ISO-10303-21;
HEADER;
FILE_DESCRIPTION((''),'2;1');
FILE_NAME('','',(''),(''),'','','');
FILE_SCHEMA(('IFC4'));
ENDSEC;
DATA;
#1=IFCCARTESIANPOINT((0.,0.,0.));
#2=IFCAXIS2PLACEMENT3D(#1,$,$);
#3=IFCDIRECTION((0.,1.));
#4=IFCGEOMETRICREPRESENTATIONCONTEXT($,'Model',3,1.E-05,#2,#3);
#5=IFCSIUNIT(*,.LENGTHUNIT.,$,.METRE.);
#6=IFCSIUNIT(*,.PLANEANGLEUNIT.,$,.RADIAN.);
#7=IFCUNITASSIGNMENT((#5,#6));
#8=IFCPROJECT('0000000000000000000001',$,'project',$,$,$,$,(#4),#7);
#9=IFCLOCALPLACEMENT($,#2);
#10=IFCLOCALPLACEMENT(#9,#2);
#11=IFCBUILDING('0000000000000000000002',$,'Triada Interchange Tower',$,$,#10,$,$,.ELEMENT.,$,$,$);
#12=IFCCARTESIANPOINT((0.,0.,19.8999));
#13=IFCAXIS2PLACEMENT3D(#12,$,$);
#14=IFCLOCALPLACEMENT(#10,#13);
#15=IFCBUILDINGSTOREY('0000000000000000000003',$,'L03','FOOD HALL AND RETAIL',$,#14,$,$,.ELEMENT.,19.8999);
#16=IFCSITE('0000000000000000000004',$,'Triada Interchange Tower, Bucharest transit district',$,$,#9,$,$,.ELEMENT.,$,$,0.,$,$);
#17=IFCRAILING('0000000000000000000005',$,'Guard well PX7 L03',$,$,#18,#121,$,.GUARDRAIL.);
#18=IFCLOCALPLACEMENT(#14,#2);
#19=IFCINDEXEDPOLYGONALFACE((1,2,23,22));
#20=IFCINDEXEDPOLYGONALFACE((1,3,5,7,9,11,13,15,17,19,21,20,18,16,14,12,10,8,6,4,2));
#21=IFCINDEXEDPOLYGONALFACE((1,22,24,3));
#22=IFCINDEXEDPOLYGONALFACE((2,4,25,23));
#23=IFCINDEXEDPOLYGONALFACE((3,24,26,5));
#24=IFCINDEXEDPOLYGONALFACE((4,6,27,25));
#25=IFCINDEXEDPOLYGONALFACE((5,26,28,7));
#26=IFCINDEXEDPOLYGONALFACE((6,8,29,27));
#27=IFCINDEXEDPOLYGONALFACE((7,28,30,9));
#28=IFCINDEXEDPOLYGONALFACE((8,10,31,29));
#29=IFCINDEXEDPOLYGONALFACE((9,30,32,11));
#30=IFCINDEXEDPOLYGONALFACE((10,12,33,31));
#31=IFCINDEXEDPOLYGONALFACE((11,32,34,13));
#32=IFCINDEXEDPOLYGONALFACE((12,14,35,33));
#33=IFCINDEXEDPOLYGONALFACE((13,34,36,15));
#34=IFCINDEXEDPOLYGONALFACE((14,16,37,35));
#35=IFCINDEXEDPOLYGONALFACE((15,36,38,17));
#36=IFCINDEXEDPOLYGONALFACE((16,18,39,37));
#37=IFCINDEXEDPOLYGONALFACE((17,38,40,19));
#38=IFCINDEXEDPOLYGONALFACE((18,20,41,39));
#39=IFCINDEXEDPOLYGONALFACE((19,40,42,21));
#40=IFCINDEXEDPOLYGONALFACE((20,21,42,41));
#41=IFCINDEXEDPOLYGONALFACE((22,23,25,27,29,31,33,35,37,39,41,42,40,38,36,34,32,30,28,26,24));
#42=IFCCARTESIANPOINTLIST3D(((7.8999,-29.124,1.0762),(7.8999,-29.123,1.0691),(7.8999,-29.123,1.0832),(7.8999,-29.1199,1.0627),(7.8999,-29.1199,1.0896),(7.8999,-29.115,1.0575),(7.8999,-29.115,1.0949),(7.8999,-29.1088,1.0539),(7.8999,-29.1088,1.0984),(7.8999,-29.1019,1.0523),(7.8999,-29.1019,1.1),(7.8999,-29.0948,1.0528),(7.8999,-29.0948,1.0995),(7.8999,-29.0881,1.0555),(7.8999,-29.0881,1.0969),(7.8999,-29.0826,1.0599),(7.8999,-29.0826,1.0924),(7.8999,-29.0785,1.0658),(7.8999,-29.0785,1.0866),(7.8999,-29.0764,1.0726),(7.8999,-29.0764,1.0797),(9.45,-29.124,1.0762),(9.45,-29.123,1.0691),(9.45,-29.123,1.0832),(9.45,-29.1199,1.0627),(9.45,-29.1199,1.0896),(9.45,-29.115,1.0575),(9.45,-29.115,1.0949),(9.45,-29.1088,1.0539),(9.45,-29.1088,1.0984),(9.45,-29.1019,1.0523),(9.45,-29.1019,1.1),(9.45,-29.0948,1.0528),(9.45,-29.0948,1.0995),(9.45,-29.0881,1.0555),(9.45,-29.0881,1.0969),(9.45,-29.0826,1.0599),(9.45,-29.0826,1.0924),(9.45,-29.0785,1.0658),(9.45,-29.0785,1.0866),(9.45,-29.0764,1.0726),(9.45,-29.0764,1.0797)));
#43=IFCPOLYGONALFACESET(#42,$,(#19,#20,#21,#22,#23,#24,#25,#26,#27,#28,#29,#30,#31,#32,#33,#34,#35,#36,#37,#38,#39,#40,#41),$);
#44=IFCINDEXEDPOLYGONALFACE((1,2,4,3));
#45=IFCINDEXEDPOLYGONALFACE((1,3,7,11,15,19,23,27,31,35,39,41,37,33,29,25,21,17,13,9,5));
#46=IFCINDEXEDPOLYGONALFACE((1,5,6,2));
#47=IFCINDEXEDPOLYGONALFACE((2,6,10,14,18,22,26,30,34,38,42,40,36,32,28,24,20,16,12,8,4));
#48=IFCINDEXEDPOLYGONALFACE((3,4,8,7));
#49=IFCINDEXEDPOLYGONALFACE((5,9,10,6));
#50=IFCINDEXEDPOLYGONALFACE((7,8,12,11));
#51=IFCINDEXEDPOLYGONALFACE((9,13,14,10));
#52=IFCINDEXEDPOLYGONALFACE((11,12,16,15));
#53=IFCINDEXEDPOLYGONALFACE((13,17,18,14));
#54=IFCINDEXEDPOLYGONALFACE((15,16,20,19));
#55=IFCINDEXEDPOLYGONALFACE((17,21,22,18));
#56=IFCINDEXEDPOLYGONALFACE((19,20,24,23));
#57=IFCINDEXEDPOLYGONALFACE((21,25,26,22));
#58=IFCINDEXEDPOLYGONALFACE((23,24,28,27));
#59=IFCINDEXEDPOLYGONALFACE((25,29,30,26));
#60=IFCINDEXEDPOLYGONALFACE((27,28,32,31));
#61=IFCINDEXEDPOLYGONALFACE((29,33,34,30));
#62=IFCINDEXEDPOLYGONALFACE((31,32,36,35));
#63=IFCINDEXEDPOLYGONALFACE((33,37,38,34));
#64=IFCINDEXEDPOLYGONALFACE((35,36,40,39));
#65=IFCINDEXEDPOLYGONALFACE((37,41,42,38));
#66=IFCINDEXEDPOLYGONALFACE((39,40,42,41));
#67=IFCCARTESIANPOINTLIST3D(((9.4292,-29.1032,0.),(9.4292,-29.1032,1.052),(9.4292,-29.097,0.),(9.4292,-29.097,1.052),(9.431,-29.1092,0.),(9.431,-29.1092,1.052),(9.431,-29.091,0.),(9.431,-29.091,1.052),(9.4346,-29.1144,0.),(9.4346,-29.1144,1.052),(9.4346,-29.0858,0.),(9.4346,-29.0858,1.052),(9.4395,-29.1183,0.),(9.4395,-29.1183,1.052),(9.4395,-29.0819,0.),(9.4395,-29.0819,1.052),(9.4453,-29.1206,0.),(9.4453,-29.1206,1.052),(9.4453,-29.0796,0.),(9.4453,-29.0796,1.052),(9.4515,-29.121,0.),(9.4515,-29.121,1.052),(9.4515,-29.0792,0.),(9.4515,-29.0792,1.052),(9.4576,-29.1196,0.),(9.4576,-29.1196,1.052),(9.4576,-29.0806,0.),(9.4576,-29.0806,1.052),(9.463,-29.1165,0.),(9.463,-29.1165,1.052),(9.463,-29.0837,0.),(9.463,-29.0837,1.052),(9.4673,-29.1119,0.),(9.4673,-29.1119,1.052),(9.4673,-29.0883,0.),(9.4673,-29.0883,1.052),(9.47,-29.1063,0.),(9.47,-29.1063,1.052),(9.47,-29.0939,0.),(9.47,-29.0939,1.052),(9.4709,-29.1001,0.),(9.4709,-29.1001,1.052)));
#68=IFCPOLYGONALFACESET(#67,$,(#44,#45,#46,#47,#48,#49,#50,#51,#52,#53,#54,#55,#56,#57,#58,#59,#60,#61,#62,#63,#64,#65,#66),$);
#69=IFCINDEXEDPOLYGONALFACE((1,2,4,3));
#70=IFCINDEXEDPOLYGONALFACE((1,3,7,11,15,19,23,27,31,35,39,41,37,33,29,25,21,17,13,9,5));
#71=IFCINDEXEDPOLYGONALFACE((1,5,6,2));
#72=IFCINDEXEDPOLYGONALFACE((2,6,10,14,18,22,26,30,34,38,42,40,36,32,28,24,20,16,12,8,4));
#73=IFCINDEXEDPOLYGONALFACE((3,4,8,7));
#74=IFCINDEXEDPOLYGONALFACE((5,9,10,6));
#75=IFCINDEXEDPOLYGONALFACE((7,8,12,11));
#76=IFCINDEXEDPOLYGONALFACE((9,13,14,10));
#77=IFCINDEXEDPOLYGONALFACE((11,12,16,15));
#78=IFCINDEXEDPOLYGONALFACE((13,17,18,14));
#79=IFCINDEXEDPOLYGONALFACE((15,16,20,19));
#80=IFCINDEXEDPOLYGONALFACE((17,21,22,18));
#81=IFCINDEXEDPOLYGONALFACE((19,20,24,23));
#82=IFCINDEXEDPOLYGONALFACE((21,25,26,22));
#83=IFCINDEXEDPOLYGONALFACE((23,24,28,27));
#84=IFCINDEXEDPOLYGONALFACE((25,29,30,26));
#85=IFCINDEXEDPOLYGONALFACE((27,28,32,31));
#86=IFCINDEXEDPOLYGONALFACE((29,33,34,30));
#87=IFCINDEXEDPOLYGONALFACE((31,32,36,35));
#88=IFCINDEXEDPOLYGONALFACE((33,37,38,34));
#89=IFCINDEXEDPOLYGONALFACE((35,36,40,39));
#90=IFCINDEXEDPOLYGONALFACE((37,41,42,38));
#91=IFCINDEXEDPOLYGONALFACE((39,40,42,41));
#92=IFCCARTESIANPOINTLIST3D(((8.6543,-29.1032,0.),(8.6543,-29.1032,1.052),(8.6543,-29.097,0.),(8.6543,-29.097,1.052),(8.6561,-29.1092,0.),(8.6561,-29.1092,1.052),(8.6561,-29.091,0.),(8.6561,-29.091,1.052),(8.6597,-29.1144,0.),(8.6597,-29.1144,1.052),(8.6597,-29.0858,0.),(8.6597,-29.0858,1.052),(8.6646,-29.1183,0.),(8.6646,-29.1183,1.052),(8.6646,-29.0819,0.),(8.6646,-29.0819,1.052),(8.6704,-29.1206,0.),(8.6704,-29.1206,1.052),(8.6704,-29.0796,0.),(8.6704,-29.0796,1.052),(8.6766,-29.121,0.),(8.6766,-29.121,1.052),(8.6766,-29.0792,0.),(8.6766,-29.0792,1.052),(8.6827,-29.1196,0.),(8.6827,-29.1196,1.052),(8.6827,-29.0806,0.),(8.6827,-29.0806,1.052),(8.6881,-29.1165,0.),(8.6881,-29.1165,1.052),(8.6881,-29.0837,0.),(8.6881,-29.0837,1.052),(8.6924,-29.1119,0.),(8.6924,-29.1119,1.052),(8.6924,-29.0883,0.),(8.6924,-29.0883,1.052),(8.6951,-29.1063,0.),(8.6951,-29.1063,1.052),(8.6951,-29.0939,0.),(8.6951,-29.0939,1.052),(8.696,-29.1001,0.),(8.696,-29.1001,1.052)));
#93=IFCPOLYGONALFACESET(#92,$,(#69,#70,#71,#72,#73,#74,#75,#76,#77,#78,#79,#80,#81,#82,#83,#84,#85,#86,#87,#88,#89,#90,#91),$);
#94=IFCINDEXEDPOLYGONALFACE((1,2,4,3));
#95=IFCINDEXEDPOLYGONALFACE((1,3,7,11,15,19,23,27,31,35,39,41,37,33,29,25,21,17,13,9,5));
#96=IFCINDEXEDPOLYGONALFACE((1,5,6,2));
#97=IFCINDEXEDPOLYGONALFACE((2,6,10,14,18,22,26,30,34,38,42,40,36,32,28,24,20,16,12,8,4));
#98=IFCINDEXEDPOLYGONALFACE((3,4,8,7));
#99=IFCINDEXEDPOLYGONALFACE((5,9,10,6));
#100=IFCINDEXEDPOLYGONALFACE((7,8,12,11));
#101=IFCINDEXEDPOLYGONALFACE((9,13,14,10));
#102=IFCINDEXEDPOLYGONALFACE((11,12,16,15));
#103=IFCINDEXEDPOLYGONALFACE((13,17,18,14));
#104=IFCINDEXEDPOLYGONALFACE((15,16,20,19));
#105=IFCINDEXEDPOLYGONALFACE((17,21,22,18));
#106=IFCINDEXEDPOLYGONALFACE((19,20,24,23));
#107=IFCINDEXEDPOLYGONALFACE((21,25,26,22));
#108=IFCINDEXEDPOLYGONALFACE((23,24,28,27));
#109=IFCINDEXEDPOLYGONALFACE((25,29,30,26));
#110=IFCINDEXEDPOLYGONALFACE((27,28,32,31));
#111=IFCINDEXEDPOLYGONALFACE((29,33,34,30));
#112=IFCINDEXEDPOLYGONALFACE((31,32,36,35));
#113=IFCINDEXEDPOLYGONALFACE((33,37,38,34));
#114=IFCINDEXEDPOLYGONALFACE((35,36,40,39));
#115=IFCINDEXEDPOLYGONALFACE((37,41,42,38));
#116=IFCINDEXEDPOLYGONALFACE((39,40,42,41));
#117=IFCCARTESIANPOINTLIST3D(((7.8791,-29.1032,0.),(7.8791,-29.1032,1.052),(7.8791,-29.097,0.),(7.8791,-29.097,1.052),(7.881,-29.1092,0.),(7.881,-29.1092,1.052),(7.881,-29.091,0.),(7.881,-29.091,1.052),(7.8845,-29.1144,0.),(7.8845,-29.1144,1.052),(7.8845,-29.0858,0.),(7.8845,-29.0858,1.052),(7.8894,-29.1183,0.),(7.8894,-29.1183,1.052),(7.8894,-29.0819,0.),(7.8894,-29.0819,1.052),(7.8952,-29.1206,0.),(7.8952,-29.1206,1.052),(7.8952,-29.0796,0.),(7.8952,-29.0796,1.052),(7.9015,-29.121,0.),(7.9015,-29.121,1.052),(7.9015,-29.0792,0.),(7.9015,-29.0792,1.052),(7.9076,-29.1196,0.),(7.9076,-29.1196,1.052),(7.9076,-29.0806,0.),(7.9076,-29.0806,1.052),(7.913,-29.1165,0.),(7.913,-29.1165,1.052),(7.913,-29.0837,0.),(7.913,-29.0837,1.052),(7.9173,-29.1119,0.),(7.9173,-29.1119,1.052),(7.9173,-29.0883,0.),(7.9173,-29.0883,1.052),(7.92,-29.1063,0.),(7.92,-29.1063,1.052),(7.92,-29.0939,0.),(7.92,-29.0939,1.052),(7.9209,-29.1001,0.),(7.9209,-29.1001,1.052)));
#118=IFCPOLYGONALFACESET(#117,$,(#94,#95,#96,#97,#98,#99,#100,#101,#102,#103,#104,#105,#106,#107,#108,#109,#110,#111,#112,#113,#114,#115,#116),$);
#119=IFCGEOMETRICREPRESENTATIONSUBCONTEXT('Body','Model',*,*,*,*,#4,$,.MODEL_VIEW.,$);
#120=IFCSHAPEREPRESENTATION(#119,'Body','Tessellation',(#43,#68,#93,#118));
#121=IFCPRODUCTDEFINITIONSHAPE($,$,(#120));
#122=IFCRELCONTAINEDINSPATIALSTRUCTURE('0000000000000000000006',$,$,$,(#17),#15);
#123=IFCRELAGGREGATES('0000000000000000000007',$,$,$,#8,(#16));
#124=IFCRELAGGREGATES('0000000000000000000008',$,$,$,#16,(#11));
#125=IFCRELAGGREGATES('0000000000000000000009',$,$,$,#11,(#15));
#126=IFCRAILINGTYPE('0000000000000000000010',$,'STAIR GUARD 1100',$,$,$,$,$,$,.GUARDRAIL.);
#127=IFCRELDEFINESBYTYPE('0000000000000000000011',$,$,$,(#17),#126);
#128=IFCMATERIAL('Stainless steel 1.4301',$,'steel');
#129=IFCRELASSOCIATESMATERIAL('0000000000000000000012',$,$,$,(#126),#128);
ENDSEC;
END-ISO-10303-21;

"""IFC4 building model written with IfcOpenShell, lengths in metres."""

from ifc_helpers import new_model, si_unit, direction, frame, origin, origin_2d, place, context, subcontext, project, spatial, circle, extrude, material, type_object, element, save


model = new_model("IFC4")

# Units and contexts
model_context = context("Model", 3, precision=1e-05, world=origin(), true_north=direction((0.0, 1.0)))
body_context = subcontext(model_context, "Body", "Model", "MODEL_VIEW")
ifc_project = project(units=[si_unit("LENGTHUNIT", "METRE"), si_unit("PLANEANGLEUNIT", "RADIAN")], contexts=[model_context])

# Site, building, storey
site_placement = place(None, origin())
site = spatial("IfcSite", under=ifc_project, at=site_placement, Name="Triada Interchange Tower, Bucharest transit district", CompositionType="ELEMENT", RefElevation=0.0)
building_placement = place(site_placement, origin())
building = spatial("IfcBuilding", under=site, at=building_placement, Name="Triada Interchange Tower", CompositionType="ELEMENT")
storey_placement = place(building_placement, frame((0.0, 0.0, 19.8999)))
storey = spatial("IfcBuildingStorey", under=building, at=storey_placement, Name="L03", Description="FOOD HALL AND RETAIL", CompositionType="ELEMENT", Elevation=19.8999)

# Railing
ifc_material_1 = material(Name="Stainless steel 1.4301", Category="steel")
railing_type = type_object("IfcRailingType", Name="STAIR GUARD 1100", PredefinedType="GUARDRAIL", material=ifc_material_1)
railing_placement = place(storey_placement, frame((9.45, -29.1001, 0.0)))
element("IfcRailing", 1, at=railing_placement, inside=storey, type_object=railing_type, Name="Guard well PX7 L03", PredefinedType="GUARDRAIL", context=body_context, shape_type="SweptSolid", body=[
    extrude(circle(Radius=0.0239, at=origin_2d()), frame((0.0, 0.0, 1.0762), z_axis=(-1.0, 0.0, 0.0), x_axis=(0.0, -1.0, 0.0)), (0.0, 0.0, 1.0), 1.55),
    extrude(circle(Radius=0.021, at=origin_2d()), origin(), (0.0, 0.0, 1.0), 1.052),
    extrude(circle(Radius=0.021, at=origin_2d()), frame((-0.7749, 0.0, 0.0)), (0.0, 0.0, 1.0), 1.052),
    extrude(circle(Radius=0.021, at=origin_2d()), frame((-1.55, 0.0, 0.0)), (0.0, 0.0, 1.0), 1.052),
])

save(model, "model.ifc")
